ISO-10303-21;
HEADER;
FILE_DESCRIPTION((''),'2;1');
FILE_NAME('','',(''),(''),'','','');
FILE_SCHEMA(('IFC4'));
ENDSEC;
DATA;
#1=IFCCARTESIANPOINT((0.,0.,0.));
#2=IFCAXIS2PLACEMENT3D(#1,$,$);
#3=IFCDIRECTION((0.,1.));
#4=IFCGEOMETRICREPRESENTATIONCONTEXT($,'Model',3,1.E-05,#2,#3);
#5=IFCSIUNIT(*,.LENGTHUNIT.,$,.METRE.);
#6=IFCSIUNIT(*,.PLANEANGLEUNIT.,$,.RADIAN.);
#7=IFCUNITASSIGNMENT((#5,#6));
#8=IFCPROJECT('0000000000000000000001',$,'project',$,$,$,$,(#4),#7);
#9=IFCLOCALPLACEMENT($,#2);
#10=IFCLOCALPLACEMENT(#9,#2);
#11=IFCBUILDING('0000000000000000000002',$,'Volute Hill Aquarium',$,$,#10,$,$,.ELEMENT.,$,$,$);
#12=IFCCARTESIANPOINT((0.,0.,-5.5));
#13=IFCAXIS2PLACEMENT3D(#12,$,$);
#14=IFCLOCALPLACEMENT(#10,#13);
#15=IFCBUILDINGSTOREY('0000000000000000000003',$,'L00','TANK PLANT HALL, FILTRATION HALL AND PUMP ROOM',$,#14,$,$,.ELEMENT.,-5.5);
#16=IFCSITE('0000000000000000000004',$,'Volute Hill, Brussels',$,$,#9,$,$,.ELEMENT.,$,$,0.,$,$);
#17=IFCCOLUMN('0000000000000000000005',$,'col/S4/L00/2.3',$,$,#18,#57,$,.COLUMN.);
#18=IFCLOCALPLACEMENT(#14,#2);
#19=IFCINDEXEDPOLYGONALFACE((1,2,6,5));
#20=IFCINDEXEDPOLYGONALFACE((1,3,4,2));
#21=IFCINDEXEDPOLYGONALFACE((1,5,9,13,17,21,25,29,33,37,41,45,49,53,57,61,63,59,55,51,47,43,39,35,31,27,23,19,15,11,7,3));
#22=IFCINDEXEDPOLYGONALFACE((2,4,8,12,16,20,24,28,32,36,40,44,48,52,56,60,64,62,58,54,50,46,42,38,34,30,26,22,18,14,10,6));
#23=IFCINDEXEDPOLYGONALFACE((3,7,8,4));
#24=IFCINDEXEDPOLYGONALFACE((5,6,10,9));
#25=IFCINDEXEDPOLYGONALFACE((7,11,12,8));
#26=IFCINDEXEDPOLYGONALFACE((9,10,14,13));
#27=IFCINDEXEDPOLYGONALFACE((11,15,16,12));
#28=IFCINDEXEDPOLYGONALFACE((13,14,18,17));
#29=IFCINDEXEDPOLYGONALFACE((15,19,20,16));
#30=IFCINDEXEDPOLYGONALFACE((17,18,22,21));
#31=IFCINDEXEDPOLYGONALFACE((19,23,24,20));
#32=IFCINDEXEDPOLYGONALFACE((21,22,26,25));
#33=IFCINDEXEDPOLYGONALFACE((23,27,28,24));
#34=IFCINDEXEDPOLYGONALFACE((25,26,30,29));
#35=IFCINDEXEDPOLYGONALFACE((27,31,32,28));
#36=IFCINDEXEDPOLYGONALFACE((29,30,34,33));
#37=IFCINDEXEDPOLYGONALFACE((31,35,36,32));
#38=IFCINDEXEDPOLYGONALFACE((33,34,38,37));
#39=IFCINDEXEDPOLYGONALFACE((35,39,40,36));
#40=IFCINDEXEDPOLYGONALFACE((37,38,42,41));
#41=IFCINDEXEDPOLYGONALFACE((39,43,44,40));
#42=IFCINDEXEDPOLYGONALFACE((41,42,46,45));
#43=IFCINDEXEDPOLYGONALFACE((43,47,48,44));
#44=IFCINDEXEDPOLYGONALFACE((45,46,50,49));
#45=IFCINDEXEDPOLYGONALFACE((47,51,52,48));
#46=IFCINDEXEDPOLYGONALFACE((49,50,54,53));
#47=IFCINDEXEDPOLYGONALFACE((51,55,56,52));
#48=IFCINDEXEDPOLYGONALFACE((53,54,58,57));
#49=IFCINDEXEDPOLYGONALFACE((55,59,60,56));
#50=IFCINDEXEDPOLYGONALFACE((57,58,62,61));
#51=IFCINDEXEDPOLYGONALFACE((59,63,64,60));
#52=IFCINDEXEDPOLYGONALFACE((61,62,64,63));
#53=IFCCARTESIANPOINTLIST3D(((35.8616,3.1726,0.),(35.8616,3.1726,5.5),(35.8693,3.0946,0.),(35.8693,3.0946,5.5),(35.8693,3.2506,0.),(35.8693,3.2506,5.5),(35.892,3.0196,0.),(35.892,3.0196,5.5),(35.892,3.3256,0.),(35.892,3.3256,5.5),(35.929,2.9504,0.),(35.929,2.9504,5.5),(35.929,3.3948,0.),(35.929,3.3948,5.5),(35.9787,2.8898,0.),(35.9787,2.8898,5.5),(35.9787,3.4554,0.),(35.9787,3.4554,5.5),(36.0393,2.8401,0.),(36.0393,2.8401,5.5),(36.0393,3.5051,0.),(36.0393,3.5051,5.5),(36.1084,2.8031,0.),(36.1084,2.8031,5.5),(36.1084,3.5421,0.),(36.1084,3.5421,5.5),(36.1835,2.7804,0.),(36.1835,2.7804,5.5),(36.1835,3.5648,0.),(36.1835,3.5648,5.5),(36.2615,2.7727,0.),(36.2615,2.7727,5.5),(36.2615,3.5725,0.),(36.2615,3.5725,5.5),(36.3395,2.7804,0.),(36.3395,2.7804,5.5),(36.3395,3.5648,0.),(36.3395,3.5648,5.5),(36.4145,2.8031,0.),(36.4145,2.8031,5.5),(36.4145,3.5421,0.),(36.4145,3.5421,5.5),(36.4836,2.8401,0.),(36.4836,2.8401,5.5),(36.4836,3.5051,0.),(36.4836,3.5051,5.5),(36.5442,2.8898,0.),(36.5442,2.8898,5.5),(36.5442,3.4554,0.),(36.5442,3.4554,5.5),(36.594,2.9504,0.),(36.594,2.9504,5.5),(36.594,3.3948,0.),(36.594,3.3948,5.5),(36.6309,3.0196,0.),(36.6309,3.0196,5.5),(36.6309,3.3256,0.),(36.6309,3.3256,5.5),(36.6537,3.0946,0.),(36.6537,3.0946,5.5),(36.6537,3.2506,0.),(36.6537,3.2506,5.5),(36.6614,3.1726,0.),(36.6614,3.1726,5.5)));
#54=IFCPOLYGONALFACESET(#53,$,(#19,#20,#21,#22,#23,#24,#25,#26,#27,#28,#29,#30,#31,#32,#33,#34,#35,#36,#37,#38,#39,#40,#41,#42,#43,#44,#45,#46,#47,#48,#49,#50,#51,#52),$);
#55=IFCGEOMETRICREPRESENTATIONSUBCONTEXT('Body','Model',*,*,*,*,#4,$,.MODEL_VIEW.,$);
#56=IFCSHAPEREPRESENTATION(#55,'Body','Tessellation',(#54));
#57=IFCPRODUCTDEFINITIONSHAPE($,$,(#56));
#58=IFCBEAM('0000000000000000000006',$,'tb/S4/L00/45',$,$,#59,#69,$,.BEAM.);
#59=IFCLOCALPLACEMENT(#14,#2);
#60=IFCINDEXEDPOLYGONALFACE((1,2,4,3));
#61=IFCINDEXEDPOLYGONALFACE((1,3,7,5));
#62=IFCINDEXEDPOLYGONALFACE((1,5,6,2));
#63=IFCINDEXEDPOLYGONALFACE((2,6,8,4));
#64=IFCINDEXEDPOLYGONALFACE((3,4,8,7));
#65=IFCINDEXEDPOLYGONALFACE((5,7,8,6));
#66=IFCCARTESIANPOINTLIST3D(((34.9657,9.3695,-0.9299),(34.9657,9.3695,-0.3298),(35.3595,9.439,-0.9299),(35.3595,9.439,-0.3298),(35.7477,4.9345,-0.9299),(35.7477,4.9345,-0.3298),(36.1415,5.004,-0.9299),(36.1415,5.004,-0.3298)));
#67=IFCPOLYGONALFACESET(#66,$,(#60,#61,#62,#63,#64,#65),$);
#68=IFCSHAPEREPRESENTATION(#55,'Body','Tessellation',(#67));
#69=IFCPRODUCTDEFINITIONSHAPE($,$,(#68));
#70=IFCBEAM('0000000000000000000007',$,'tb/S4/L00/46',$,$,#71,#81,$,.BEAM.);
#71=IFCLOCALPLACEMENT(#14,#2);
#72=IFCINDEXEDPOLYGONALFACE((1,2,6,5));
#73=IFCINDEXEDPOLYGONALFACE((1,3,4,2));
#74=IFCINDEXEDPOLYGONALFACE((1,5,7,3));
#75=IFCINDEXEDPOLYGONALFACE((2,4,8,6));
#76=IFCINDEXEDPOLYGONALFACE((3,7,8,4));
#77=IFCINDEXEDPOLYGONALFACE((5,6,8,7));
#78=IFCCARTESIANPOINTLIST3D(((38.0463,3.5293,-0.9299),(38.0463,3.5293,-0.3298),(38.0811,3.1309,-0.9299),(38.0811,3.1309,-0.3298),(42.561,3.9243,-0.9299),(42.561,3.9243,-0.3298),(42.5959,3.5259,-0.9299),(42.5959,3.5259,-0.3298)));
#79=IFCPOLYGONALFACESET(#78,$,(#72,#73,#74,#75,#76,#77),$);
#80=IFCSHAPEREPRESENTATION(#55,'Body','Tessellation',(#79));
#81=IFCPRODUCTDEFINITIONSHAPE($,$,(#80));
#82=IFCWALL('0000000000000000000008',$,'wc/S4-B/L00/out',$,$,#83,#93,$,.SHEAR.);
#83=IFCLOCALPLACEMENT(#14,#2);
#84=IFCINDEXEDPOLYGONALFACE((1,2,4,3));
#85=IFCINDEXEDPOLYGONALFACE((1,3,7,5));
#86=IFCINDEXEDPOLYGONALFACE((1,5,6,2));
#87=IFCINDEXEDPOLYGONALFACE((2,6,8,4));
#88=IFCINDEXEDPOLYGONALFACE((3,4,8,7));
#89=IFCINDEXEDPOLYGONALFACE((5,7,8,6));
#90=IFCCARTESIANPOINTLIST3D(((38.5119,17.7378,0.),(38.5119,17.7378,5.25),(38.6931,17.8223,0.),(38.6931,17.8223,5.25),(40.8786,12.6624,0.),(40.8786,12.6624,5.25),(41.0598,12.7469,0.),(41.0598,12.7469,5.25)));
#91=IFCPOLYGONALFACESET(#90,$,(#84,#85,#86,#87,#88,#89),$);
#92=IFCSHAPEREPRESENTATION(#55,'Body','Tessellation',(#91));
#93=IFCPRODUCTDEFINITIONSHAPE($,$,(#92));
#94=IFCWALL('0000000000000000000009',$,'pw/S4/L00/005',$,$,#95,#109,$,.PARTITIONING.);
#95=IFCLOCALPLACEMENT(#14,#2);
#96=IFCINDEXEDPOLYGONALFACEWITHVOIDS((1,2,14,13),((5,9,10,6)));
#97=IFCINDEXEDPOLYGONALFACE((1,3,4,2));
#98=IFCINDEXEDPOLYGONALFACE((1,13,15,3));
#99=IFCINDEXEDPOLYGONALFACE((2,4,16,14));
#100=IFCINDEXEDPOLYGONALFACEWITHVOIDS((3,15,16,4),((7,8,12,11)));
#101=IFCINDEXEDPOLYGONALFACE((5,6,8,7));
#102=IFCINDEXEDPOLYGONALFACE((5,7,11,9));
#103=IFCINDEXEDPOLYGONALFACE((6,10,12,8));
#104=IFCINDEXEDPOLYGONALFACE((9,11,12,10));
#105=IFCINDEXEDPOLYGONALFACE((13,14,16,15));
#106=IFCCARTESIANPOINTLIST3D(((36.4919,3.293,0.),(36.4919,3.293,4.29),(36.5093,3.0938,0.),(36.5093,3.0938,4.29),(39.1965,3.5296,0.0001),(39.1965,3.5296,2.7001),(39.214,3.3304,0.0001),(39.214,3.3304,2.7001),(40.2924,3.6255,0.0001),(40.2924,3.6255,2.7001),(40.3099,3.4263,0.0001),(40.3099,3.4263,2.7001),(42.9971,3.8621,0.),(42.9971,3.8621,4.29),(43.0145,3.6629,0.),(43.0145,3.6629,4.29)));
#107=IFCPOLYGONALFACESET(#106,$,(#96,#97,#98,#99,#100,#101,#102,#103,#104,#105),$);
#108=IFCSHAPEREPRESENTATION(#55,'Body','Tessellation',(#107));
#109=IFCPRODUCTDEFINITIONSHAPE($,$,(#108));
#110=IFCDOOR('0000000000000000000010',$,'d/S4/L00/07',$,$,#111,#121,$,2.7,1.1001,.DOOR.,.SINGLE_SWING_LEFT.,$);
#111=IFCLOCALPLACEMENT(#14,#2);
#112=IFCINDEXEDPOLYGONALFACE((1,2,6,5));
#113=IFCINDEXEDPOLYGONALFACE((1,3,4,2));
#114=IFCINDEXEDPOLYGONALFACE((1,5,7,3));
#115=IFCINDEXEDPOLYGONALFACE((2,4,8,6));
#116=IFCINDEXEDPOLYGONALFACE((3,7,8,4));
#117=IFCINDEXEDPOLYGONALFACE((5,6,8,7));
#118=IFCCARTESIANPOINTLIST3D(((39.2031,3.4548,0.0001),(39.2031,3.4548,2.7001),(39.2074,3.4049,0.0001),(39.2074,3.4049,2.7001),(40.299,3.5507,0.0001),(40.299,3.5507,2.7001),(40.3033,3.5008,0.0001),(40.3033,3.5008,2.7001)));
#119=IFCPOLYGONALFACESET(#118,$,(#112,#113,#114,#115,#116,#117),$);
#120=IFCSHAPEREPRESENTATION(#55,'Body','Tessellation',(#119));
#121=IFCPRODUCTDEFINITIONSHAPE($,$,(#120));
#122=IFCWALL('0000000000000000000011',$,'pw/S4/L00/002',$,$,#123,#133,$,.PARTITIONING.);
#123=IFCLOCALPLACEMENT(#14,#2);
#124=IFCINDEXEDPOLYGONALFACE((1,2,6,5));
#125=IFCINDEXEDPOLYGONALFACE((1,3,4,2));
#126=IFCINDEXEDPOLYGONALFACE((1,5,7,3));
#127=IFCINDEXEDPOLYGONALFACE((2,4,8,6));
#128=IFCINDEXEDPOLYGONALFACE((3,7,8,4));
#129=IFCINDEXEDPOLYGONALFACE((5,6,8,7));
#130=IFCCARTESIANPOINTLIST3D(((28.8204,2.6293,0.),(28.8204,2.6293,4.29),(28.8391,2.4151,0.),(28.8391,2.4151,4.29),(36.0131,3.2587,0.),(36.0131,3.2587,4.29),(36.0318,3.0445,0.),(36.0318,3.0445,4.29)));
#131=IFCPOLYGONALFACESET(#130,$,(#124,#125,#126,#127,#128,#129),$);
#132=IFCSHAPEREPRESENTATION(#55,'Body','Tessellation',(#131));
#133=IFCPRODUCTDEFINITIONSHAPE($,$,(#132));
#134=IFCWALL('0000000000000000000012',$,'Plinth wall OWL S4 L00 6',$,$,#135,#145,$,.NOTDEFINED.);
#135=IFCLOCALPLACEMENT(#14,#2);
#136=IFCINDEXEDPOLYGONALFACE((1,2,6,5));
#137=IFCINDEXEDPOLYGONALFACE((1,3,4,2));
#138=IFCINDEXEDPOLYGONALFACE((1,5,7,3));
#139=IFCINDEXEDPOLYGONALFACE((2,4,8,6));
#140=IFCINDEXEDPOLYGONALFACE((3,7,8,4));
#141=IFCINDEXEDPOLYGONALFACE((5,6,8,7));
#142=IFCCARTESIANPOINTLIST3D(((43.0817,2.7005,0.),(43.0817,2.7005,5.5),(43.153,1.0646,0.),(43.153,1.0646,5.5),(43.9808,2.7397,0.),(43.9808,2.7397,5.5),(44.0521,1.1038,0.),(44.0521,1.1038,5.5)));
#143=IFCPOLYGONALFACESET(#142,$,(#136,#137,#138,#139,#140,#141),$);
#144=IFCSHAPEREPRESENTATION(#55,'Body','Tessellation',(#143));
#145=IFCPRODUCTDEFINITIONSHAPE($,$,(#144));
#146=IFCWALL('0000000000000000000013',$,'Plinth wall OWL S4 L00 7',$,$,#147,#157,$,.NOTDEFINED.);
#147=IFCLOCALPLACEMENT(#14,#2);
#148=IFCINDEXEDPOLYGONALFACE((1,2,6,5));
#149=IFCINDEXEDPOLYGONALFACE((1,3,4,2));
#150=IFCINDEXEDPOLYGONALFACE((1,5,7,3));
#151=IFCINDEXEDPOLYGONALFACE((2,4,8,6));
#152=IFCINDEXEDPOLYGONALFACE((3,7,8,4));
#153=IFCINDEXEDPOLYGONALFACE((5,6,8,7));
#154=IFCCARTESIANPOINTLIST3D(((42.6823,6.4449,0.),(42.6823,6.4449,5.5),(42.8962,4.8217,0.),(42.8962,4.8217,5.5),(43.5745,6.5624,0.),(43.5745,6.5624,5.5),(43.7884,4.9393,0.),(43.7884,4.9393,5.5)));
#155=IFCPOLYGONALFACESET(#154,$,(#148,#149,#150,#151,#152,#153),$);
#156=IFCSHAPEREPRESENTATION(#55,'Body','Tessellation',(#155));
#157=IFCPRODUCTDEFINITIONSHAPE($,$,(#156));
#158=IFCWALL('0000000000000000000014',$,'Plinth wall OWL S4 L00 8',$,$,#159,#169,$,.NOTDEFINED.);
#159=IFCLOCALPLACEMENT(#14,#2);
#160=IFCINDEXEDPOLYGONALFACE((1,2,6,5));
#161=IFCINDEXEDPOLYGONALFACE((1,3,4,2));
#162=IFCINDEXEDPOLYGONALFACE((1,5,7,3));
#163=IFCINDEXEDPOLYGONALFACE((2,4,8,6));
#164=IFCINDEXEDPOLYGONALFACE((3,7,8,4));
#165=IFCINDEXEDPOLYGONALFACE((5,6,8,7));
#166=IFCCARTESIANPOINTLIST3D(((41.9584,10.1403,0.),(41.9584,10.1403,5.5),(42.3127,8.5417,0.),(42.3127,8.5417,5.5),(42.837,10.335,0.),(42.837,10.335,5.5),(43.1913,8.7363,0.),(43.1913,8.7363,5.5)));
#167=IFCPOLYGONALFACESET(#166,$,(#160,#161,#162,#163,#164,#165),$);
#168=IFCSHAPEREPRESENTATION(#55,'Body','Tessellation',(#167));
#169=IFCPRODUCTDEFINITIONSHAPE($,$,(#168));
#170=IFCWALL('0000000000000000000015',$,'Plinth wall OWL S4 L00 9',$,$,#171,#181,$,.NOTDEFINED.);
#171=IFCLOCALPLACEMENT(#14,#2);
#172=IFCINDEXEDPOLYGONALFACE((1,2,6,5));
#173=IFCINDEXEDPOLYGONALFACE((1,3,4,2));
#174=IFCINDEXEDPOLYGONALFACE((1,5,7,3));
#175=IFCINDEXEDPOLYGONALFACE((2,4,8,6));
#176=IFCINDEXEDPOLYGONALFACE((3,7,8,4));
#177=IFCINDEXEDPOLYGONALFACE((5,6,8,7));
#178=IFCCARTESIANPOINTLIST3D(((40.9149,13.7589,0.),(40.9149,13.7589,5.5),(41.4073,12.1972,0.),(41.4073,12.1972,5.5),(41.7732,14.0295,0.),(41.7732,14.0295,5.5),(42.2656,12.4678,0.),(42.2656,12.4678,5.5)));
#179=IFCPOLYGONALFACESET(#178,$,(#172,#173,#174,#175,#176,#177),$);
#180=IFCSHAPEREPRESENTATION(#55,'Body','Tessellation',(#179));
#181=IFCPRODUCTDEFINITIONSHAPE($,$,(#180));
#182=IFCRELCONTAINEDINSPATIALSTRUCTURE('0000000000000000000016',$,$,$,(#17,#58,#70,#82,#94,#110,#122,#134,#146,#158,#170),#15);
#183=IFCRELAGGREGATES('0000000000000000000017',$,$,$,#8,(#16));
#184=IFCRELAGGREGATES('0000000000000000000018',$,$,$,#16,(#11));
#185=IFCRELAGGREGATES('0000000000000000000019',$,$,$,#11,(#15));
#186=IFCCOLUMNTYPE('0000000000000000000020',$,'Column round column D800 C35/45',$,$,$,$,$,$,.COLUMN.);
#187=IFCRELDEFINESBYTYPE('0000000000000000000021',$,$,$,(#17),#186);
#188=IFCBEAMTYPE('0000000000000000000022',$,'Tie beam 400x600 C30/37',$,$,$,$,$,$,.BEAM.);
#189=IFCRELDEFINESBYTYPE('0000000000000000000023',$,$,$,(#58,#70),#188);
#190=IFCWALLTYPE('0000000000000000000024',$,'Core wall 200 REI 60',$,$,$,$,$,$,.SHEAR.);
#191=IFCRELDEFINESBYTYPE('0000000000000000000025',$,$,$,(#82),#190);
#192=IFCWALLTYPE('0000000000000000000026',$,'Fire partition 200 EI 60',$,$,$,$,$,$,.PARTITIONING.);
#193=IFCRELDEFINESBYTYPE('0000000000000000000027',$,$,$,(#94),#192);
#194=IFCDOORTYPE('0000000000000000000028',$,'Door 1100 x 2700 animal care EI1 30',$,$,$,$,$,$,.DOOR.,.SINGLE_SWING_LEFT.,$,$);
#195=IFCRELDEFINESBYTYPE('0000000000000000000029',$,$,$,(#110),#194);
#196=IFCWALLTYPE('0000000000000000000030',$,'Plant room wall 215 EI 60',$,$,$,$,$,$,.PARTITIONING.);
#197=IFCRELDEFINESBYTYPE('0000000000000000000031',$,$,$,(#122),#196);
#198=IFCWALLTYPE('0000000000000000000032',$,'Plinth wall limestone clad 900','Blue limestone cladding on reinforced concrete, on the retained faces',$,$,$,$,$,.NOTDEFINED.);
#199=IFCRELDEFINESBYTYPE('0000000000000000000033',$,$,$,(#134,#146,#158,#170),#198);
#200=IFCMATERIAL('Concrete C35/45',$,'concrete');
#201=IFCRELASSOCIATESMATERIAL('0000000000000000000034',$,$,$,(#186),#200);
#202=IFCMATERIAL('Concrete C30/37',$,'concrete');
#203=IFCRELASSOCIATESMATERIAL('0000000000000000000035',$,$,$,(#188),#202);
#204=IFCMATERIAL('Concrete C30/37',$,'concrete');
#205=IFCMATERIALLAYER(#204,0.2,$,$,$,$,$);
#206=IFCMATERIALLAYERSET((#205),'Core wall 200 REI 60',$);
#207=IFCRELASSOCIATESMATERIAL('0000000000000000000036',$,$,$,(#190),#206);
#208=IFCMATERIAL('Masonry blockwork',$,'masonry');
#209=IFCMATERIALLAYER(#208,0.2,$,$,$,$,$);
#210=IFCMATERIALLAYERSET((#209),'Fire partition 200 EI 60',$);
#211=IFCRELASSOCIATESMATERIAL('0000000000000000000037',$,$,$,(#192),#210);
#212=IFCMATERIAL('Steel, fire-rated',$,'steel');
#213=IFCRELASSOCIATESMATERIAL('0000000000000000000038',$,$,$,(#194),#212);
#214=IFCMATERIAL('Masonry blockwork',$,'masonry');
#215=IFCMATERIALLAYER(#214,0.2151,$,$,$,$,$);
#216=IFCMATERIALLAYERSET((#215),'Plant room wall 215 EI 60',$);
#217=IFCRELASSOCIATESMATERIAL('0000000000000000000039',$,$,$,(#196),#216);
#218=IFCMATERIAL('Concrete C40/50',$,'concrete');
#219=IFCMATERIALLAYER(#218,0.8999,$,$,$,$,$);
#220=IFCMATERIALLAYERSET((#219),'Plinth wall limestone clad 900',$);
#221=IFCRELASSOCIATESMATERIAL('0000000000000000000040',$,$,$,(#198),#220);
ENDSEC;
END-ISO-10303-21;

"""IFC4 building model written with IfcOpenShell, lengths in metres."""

from ifc_helpers import new_model, si_unit, direction, frame, frame_2d, origin, origin_2d, place, context, subcontext, project, spatial, rectangle, circle, extrude, material, layer, layer_set, material_profile, profile_set, type_object, element, fill, save


model = new_model("IFC4")

# Units and contexts
model_context = context("Model", 3, precision=1e-05, world=origin(), true_north=direction((0.0, 1.0)))
body_context = subcontext(model_context, "Body", "Model", "MODEL_VIEW")
ifc_project = project(units=[si_unit("LENGTHUNIT", "METRE"), si_unit("PLANEANGLEUNIT", "RADIAN")], contexts=[model_context])

# Site, building, storey
site_placement = place(None, origin())
site = spatial("IfcSite", under=ifc_project, at=site_placement, Name="Volute Hill, Brussels", CompositionType="ELEMENT", RefElevation=0.0)
building_placement = place(site_placement, origin())
building = spatial("IfcBuilding", under=site, at=building_placement, Name="Volute Hill Aquarium", CompositionType="ELEMENT")
storey_placement = place(building_placement, frame((0.0, 0.0, -5.5)))
storey = spatial("IfcBuildingStorey", under=building, at=storey_placement, Name="L00", Description="TANK PLANT HALL, FILTRATION HALL AND PUMP ROOM", CompositionType="ELEMENT", Elevation=-5.5)

# Column
ifc_material_1 = material(Name="Concrete C35/45", Category="concrete")
ifc_material_profile_1 = material_profile(ifc_material_1, circle(Radius=0.3999, at=origin_2d()), Name="RC round column D800")
ifc_profile_set_1 = profile_set([ifc_material_profile_1], Name="Concrete C35/45")
column_type = type_object("IfcColumnType", Name="Column round column D800 C35/45", PredefinedType="COLUMN", material=ifc_profile_set_1)
column_placement = place(storey_placement, frame((36.2615, 3.1726, 0.0), z_axis=(0.0, 0.0, 1.0), x_axis=(1.0, 0.0, 0.0)))
element("IfcColumn", 1, at=column_placement, inside=storey, type_object=column_type, Name="col/S4/L00/2.3", PredefinedType="COLUMN", context=body_context, shape_type="SweptSolid", body=[
    extrude(circle(Radius=0.3999, at=origin_2d()), origin(), (0.0, 0.0, 1.0), 5.5),
])

# Beams
ifc_material_2 = material(Name="Concrete C30/37", Category="concrete")
ifc_material_profile_2 = material_profile(ifc_material_2, rectangle(XDim=0.3999, YDim=0.6001, at=origin_2d()), Name="RC tie beam 400x600")
ifc_profile_set_2 = profile_set([ifc_material_profile_2], Name="Concrete C30/37")
beam_type = type_object("IfcBeamType", Name="Tie beam 400x600 C30/37", PredefinedType="BEAM", material=ifc_profile_set_2)
beam_1_placement = place(storey_placement, frame((35.9446, 4.9692, -0.6299), z_axis=(-0.17364, 0.984809, 0.0), x_axis=(-0.984809, -0.17364, 0.0)))
element("IfcBeam", 2, at=beam_1_placement, inside=storey, type_object=beam_type, Name="tb/S4/L00/45", PredefinedType="BEAM", context=body_context, shape_type="SweptSolid", body=[
    extrude(rectangle(XDim=0.3999, YDim=0.6001, at=origin_2d()), origin(), (0.0, 0.0, 1.0), 4.5034),
])
beam_2_placement = place(storey_placement, frame((38.0637, 3.3301, -0.6299), z_axis=(0.996194, 0.087164, 0.0), x_axis=(-0.087164, 0.996194, 0.0)))
element("IfcBeam", 3, at=beam_2_placement, inside=storey, type_object=beam_type, Name="tb/S4/L00/46", PredefinedType="BEAM", context=body_context, shape_type="SweptSolid", body=[
    extrude(rectangle(XDim=0.3999, YDim=0.6001, at=origin_2d()), origin(), (0.0, 0.0, 1.0), 4.532),
])

# Wall
ifc_material_3 = material(Name="Concrete C30/37", Category="concrete")
ifc_layer_1 = layer(ifc_material_3, 0.2)
ifc_layer_set_1 = layer_set([ifc_layer_1], Name="Core wall 200 REI 60")
wall_type_1 = type_object("IfcWallType", Name="Core wall 200 REI 60", PredefinedType="SHEAR", material=ifc_layer_set_1)
wall_1_placement = place(storey_placement, frame((38.6025, 17.78, 0.0), z_axis=(0.0, 0.0, 1.0), x_axis=(0.422616, -0.906309, 0.0)))
element("IfcWall", 4, at=wall_1_placement, inside=storey, type_object=wall_type_1, Name="wc/S4-B/L00/out", PredefinedType="SHEAR", context=body_context, shape_type="SweptSolid", body=[
    extrude(rectangle(XDim=5.6001, YDim=0.2, at=frame_2d((2.8, 0.0))), origin(), (0.0, 0.0, 1.0), 5.25),
])

# Wall, opening, door
ifc_material_4 = material(Name="Masonry blockwork", Category="masonry")
ifc_layer_2 = layer(ifc_material_4, 0.2)
ifc_layer_set_2 = layer_set([ifc_layer_2], Name="Fire partition 200 EI 60")
wall_type_2 = type_object("IfcWallType", Name="Fire partition 200 EI 60", PredefinedType="PARTITIONING", material=ifc_layer_set_2)
wall_2_placement = place(storey_placement, frame((36.5005, 3.1934, 0.0), z_axis=(0.0, 0.0, 1.0), x_axis=(0.996195, 0.087151, 0.0)))
wall_2 = element("IfcWall", 5, at=wall_2_placement, inside=storey, type_object=wall_type_2, Name="pw/S4/L00/005", PredefinedType="PARTITIONING", context=body_context, shape_type="SweptSolid", body=[
    extrude(rectangle(XDim=6.53, YDim=0.2, at=frame_2d((3.2651, 0.0))), origin(), (0.0, 0.0, 1.0), 4.29),
])
opening_1_placement = place(wall_2_placement, frame((2.7151, 0.0, 0.0)))
opening_1 = element("IfcOpeningElement", 6, at=opening_1_placement, cuts=wall_2, PredefinedType="OPENING", context=body_context, shape_type="SweptSolid", body=[
    extrude(rectangle(XDim=1.1001, YDim=2.7, at=frame_2d((0.55, 1.3501))), frame((0.0, 0.1099, 0.0), z_axis=(0.0, -1.0, 0.0), x_axis=(1.0, 0.0, 0.0)), (0.0, 0.0, 1.0), 0.22),
])
ifc_material_5 = material(Name="Steel, fire-rated", Category="steel")
door_type_1 = type_object("IfcDoorType", Name="Door 1100 x 2700 animal care EI1 30", OperationType="SINGLE_SWING_LEFT", PredefinedType="DOOR", material=ifc_material_5)
door_1_placement = place(opening_1_placement, origin())
door_1 = element("IfcDoor", 7, at=door_1_placement, inside=storey, type_object=door_type_1, Name="d/S4/L00/07", OperationType="SINGLE_SWING_LEFT", OverallHeight=2.7, OverallWidth=1.1001, PredefinedType="DOOR", context=body_context, shape_type="SweptSolid", body=[
    extrude(rectangle(XDim=1.1001, YDim=2.7, at=frame_2d((0.55, 1.3501))), frame((0.0, 0.0249, 0.0), z_axis=(0.0, -1.0, 0.0), x_axis=(1.0, 0.0, 0.0)), (0.0, 0.0, 1.0), 0.05),
])
fill(opening_1, door_1)

# Walls
ifc_material_6 = material(Name="Masonry blockwork", Category="masonry")
ifc_layer_3 = layer(ifc_material_6, 0.2151)
ifc_layer_set_3 = layer_set([ifc_layer_3], Name="Plant room wall 215 EI 60")
wall_type_3 = type_object("IfcWallType", Name="Plant room wall 215 EI 60", PredefinedType="PARTITIONING", material=ifc_layer_set_3)
wall_3_placement = place(storey_placement, frame((36.0225, 3.1516, 0.0), z_axis=(0.0, 0.0, 1.0), x_axis=(-0.996193, -0.087172, 0.0)))
element("IfcWall", 8, at=wall_3_placement, inside=storey, type_object=wall_type_3, Name="pw/S4/L00/002", PredefinedType="PARTITIONING", context=body_context, shape_type="SweptSolid", body=[
    extrude(rectangle(XDim=7.2202, YDim=0.2151, at=frame_2d((3.6101, 0.0))), origin(), (0.0, 0.0, 1.0), 4.29),
])
ifc_material_7 = material(Name="Concrete C40/50", Category="concrete")
ifc_layer_4 = layer(ifc_material_7, 0.8999)
ifc_layer_set_4 = layer_set([ifc_layer_4], Name="Plinth wall limestone clad 900")
wall_type_4 = type_object("IfcWallType", Name="Plinth wall limestone clad 900", Description="Blue limestone cladding on reinforced concrete, on the retained faces", PredefinedType="NOTDEFINED", material=ifc_layer_set_4)
wall_4_placement = place(storey_placement, frame((43.5312, 2.7202, 0.0), z_axis=(0.0, 0.0, 1.0), x_axis=(0.043534, -0.999052, 0.0)))
element("IfcWall", 9, at=wall_4_placement, inside=storey, type_object=wall_type_4, Name="Plinth wall OWL S4 L00 6", PredefinedType="NOTDEFINED", context=body_context, shape_type="SweptSolid", body=[
    extrude(rectangle(XDim=1.6375, YDim=0.8999, at=frame_2d((0.8188, 0.0))), origin(), (0.0, 0.0, 1.0), 5.5),
])
wall_5_placement = place(storey_placement, frame((43.1284, 6.5037, 0.0), z_axis=(0.0, 0.0, 1.0), x_axis=(0.13062, -0.991432, 0.0)))
element("IfcWall", 10, at=wall_5_placement, inside=storey, type_object=wall_type_4, Name="Plinth wall OWL S4 L00 7", PredefinedType="NOTDEFINED", context=body_context, shape_type="SweptSolid", body=[
    extrude(rectangle(XDim=1.6372, YDim=0.8999, at=frame_2d((0.8186, 0.0))), origin(), (0.0, 0.0, 1.0), 5.5),
])
for number, where, z_axis, x_axis, name in (
    (11, (42.3977, 10.2378, 0.0), (0.0, 0.0, 1.0), (0.216346, -0.976317, 0.0), "Plinth wall OWL S4 L00 8"),
    (12, (41.344, 13.8943, 0.0), (0.0, 0.0, 1.0), (0.30071, -0.953716, 0.0), "Plinth wall OWL S4 L00 9"),
):
    element("IfcWall", number, at=place(storey_placement, frame(where, z_axis=z_axis, x_axis=x_axis)), inside=storey, type_object=wall_type_4, Name=name, PredefinedType="NOTDEFINED", context=body_context, shape_type="SweptSolid", body=[
        extrude(rectangle(XDim=1.6375, YDim=0.8999, at=frame_2d((0.8188, 0.0))), origin(), (0.0, 0.0, 1.0), 5.5),
    ])

save(model, "model.ifc")
